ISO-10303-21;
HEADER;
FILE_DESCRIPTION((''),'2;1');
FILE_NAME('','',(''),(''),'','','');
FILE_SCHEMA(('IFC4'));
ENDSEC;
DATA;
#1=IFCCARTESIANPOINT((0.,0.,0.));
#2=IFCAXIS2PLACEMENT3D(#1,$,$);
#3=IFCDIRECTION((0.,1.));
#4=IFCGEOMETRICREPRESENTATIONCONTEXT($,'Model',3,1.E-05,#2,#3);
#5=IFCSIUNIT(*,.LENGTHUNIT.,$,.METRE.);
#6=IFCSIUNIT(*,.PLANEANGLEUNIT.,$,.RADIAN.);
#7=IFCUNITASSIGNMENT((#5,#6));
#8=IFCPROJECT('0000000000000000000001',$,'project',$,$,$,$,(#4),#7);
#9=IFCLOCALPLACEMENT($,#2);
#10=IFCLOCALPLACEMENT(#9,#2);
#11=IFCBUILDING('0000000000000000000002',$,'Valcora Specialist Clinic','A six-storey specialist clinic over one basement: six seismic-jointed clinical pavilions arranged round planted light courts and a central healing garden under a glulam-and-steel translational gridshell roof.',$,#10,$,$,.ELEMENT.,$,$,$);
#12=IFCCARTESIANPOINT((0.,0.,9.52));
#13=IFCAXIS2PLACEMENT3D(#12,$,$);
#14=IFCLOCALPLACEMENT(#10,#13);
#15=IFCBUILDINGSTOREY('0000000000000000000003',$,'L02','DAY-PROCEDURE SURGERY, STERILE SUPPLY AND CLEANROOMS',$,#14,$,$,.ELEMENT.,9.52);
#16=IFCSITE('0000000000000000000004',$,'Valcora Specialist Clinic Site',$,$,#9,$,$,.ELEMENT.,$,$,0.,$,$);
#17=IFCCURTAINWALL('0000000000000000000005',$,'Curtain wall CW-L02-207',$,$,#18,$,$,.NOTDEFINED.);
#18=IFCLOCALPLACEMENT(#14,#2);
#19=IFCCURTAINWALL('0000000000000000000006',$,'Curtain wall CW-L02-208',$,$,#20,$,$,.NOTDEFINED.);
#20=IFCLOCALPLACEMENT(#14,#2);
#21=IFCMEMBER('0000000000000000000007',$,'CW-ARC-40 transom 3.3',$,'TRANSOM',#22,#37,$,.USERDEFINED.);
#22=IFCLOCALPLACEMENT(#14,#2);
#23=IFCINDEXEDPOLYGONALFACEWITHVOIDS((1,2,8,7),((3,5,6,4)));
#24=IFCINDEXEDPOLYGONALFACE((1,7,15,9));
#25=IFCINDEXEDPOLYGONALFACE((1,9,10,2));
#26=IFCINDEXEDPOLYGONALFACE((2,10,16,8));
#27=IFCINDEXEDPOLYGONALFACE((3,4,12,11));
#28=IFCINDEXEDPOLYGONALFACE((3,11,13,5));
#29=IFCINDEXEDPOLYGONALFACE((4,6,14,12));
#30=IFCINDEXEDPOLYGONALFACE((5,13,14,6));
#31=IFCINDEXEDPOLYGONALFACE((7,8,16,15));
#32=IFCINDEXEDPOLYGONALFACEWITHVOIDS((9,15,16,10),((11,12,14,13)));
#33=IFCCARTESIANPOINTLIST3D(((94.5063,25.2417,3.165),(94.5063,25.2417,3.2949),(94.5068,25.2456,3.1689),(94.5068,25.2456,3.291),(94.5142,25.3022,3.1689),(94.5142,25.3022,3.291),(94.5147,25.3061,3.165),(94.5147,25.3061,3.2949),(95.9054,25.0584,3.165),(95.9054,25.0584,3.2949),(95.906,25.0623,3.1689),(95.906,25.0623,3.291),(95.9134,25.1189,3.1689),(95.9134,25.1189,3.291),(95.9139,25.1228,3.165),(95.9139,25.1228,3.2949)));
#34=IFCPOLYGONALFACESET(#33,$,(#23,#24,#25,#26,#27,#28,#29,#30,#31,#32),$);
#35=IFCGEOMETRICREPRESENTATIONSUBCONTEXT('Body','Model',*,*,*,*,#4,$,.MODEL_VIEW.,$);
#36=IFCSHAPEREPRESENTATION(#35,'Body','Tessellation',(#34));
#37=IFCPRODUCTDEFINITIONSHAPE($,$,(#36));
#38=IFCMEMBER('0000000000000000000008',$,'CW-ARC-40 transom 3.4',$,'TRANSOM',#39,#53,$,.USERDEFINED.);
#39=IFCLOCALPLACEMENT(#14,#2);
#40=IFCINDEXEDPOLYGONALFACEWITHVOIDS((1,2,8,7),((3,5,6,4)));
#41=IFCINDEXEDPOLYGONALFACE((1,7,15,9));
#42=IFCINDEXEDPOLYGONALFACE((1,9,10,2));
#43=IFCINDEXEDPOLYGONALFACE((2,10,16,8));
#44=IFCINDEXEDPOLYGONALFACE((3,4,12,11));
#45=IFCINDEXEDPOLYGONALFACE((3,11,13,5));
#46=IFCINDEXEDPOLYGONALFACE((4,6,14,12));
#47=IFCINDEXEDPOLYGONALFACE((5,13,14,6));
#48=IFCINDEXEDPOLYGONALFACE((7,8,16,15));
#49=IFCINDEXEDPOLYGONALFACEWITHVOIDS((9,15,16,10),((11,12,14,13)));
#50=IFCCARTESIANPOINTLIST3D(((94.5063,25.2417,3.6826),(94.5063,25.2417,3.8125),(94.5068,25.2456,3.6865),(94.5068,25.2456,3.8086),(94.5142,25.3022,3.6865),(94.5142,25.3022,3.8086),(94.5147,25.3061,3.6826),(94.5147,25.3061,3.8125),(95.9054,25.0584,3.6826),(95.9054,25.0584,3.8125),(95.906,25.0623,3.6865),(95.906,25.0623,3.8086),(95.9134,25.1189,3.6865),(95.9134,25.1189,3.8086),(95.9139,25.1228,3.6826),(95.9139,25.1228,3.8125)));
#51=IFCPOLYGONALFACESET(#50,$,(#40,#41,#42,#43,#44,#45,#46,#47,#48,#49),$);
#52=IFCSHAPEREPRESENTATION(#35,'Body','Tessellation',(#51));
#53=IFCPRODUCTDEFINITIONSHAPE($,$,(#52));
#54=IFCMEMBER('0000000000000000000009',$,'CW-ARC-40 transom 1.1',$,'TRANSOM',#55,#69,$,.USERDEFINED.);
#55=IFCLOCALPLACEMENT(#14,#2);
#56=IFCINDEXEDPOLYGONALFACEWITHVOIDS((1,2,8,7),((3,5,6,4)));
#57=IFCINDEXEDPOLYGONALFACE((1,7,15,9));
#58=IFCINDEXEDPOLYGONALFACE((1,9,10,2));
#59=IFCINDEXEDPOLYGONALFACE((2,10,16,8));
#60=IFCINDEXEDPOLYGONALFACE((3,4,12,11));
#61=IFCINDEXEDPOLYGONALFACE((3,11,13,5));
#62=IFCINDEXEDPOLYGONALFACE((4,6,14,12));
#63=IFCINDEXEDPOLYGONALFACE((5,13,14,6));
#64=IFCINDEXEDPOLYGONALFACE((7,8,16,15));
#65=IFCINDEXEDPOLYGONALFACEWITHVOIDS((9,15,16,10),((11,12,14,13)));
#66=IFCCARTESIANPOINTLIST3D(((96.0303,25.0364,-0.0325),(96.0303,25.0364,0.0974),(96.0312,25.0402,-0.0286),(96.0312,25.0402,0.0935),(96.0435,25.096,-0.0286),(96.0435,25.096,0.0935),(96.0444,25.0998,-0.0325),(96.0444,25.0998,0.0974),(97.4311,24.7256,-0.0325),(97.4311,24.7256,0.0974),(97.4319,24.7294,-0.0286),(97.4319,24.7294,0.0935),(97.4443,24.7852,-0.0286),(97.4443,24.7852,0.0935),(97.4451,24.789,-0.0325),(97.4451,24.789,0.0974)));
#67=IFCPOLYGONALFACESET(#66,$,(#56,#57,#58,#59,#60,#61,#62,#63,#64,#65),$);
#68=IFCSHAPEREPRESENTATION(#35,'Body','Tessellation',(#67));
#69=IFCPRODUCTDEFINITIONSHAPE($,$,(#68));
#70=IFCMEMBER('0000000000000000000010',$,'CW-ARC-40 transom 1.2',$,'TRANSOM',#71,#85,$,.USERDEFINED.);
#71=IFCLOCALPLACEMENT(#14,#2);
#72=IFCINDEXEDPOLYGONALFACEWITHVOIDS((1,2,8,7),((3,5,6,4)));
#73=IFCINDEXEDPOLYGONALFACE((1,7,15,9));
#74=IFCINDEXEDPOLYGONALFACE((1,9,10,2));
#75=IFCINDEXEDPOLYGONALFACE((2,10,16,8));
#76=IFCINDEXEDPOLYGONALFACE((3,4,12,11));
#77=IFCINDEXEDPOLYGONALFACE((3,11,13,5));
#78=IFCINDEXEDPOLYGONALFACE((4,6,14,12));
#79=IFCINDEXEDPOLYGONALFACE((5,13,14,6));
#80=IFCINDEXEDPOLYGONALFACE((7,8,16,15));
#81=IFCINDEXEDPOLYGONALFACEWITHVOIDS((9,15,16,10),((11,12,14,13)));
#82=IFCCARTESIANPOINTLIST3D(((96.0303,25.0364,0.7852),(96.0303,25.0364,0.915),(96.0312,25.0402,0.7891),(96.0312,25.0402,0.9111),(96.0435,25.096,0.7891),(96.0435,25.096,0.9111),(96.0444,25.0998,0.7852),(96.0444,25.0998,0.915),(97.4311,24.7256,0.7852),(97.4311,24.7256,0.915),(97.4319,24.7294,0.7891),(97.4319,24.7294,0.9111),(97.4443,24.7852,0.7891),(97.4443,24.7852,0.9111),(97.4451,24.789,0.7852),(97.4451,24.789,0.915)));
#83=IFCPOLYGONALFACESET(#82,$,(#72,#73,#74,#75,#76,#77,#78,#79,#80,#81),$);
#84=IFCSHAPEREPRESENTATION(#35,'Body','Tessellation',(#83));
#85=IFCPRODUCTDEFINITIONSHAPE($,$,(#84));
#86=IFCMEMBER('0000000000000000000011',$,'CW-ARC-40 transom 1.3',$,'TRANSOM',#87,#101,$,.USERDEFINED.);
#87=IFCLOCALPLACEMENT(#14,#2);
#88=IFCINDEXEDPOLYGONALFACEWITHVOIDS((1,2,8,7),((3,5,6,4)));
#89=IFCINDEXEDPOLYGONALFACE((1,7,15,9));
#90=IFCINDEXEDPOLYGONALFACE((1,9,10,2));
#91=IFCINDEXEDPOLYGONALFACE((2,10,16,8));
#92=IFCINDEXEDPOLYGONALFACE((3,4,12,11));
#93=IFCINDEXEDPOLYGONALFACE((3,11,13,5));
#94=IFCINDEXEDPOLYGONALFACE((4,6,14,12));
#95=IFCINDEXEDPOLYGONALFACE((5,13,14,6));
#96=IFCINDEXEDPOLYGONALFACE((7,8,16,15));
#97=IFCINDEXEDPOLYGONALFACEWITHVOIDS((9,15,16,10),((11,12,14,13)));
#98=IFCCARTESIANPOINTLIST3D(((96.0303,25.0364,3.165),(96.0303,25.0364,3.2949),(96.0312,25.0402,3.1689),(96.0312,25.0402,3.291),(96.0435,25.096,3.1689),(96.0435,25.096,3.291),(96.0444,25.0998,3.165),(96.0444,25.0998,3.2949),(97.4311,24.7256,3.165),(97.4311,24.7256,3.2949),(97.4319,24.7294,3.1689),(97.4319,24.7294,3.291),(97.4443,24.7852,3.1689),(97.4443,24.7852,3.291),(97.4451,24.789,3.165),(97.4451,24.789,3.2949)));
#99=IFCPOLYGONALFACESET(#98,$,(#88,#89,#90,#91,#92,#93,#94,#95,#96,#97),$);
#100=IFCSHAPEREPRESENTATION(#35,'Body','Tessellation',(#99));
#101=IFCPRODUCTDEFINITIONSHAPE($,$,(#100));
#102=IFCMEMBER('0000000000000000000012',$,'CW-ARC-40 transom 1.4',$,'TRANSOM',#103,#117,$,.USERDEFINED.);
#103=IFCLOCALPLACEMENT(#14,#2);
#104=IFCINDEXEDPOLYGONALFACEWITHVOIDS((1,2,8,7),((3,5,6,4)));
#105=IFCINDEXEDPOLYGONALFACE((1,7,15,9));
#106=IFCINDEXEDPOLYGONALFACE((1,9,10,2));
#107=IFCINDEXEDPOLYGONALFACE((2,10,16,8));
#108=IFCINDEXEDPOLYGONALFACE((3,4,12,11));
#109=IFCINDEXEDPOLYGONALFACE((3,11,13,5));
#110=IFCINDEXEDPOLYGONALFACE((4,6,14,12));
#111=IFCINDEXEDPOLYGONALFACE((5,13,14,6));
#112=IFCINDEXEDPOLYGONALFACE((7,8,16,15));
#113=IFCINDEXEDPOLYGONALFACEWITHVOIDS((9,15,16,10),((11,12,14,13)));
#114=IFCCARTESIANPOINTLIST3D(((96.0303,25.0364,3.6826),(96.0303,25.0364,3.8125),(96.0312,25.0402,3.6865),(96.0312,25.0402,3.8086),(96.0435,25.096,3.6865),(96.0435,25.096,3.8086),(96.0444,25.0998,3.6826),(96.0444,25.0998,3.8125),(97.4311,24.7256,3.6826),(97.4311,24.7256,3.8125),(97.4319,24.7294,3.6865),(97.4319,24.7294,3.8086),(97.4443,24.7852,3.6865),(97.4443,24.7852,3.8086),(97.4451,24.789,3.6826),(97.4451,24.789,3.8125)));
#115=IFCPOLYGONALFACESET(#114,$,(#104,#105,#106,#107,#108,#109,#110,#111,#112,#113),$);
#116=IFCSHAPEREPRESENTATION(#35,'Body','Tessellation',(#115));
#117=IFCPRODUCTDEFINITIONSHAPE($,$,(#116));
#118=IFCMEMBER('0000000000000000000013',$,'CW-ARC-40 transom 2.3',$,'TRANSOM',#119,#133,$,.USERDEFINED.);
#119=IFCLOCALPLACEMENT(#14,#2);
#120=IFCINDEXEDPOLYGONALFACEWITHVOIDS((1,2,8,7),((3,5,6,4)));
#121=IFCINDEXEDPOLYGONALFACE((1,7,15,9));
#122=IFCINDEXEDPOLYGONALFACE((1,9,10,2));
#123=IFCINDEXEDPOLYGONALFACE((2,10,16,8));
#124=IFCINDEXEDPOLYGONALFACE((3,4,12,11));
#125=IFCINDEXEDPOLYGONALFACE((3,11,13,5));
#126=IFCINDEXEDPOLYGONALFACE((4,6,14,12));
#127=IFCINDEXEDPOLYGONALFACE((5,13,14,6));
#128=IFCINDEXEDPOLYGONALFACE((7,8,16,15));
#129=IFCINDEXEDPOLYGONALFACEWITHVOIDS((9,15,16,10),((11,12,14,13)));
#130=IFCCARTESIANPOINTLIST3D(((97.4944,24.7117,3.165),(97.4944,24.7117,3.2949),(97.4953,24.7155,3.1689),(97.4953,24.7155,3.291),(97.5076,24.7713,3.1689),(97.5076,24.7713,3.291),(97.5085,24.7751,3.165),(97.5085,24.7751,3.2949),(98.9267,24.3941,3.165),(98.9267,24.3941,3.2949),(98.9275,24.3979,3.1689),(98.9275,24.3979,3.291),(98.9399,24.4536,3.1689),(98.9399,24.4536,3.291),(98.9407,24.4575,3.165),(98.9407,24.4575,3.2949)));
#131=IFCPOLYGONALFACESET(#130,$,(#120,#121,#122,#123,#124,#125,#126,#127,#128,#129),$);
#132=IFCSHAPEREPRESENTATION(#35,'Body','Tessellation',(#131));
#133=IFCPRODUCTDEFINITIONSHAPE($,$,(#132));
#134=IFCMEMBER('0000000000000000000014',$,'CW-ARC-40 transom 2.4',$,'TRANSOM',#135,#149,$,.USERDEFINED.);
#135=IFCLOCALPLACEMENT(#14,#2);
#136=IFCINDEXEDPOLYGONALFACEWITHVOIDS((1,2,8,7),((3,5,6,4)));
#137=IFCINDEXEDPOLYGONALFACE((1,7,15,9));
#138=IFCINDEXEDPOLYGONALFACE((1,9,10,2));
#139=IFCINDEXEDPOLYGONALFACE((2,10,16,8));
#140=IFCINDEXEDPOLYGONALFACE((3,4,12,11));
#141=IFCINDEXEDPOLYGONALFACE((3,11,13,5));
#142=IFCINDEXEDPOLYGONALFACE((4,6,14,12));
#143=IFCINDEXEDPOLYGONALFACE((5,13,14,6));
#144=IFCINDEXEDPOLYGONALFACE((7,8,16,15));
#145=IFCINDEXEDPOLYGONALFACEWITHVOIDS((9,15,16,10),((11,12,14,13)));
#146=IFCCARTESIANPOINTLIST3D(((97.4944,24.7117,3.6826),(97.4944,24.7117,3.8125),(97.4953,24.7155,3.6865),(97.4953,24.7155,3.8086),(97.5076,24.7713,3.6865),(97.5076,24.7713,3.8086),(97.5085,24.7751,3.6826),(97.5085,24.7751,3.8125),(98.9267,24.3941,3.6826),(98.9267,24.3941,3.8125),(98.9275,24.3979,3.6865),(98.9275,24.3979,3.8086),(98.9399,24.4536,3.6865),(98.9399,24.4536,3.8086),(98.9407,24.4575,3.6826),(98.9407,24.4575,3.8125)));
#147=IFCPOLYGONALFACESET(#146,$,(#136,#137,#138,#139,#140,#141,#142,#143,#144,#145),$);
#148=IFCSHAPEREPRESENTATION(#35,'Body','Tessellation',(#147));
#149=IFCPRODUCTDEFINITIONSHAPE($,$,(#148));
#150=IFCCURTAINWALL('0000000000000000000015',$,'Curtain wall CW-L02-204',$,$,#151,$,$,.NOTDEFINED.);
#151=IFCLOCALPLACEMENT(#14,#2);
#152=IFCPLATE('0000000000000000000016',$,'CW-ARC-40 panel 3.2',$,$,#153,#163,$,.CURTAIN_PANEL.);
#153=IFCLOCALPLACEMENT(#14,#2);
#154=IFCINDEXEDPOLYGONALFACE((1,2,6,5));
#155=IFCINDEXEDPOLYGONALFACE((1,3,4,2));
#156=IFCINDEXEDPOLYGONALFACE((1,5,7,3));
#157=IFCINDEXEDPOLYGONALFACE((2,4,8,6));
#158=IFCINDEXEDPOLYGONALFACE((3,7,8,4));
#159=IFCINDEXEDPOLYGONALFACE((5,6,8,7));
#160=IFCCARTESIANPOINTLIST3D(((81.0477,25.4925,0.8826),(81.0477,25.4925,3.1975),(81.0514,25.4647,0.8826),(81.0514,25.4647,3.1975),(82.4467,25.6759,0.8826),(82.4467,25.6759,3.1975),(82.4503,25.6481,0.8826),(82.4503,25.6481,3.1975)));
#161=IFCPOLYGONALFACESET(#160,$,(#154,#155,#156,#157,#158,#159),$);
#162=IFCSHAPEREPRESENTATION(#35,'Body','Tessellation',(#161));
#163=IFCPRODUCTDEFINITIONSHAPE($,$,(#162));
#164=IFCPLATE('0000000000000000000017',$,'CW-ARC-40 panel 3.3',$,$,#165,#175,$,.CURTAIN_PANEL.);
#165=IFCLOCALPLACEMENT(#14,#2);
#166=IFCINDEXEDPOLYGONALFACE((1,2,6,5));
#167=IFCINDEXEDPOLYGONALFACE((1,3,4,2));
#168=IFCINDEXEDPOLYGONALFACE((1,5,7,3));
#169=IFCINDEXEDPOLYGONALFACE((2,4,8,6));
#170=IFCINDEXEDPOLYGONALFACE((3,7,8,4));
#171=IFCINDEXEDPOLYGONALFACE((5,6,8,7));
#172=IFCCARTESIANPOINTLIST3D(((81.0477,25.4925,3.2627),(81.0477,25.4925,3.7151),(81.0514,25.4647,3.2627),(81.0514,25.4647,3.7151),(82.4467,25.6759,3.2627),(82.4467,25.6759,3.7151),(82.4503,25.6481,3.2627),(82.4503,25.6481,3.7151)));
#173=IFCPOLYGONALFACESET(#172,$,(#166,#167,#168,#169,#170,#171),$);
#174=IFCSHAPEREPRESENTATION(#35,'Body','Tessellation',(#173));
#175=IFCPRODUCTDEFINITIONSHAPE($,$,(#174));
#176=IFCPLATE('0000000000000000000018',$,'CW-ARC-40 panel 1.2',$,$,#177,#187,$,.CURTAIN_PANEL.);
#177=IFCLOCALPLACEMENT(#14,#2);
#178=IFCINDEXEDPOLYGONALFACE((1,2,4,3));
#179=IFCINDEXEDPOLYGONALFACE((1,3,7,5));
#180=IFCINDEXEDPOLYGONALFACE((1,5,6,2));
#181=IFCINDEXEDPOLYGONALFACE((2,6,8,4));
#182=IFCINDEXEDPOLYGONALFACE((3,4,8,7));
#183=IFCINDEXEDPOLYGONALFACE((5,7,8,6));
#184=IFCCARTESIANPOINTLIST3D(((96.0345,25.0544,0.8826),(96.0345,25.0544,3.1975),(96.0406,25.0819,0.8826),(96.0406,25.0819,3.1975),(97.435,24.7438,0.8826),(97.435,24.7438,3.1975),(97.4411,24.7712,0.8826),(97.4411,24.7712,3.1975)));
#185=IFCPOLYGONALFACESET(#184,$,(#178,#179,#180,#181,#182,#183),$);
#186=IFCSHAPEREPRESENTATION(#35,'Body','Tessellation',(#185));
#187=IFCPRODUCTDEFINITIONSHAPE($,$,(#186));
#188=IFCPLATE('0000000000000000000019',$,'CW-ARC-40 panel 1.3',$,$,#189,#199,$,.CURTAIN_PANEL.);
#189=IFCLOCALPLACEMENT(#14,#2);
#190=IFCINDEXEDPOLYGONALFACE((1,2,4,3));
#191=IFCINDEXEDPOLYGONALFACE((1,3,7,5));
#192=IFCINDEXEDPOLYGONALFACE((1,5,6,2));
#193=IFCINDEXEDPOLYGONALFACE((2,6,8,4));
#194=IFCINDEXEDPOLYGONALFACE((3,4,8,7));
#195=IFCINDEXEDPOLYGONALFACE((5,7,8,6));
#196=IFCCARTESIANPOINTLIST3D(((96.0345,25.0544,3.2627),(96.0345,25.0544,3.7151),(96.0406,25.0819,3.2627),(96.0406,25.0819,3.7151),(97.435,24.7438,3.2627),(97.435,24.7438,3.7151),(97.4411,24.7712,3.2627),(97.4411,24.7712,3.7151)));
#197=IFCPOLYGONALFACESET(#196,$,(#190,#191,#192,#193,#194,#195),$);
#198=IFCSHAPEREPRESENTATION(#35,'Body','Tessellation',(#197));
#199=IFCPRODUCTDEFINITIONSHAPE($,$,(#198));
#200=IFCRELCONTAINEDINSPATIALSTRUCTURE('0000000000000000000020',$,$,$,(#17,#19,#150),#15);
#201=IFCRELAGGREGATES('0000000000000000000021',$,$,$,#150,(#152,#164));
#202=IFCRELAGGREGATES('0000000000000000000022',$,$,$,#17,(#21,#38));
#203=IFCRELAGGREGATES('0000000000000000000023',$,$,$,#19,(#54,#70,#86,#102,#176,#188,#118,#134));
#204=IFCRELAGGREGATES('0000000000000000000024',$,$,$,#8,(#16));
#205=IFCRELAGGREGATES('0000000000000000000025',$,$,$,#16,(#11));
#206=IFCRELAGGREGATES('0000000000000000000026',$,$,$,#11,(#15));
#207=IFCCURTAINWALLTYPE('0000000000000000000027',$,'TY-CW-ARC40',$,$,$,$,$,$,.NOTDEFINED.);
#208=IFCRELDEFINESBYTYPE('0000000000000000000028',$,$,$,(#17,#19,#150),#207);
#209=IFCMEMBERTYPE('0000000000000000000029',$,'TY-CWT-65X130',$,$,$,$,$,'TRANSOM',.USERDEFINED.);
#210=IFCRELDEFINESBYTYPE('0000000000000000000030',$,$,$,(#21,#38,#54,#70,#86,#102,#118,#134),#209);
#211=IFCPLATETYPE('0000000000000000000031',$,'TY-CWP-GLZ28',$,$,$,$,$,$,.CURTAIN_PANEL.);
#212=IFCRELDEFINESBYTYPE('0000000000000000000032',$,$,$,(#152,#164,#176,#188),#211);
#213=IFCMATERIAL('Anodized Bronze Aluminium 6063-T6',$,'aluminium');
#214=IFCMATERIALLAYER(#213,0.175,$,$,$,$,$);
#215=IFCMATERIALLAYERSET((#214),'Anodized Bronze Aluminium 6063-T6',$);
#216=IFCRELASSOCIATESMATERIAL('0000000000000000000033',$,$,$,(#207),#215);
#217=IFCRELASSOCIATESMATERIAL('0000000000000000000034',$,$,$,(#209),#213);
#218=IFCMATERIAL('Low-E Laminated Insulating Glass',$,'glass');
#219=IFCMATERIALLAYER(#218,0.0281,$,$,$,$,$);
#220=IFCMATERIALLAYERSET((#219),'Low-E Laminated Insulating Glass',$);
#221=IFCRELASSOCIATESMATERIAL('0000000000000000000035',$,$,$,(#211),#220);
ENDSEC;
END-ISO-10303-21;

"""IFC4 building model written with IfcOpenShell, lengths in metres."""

from ifc_helpers import new_model, si_unit, direction, frame, origin, origin_2d, place, context, subcontext, project, spatial, rectangle, hollow_rectangle, extrude, material, layer, layer_set, material_profile, profile_set, type_object, element, aggregate, save


model = new_model("IFC4")

# Units and contexts
model_context = context("Model", 3, precision=1e-05, world=origin(), true_north=direction((0.0, 1.0)))
body_context = subcontext(model_context, "Body", "Model", "MODEL_VIEW")
ifc_project = project(units=[si_unit("LENGTHUNIT", "METRE"), si_unit("PLANEANGLEUNIT", "RADIAN")], contexts=[model_context])

# Site, building, storey
site_placement = place(None, origin())
site = spatial("IfcSite", under=ifc_project, at=site_placement, Name="Valcora Specialist Clinic Site", CompositionType="ELEMENT", RefElevation=0.0)
building_placement = place(site_placement, origin())
building = spatial("IfcBuilding", under=site, at=building_placement, Name="Valcora Specialist Clinic", Description="A six-storey specialist clinic over one basement: six seismic-jointed clinical pavilions arranged round planted light courts and a central healing garden under a glulam-and-steel translational gridshell roof.", CompositionType="ELEMENT")
storey_placement = place(building_placement, frame((0.0, 0.0, 9.52)))
storey = spatial("IfcBuildingStorey", under=building, at=storey_placement, Name="L02", Description="DAY-PROCEDURE SURGERY, STERILE SUPPLY AND CLEANROOMS", CompositionType="ELEMENT", Elevation=9.52)

# Curtain walls
ifc_material_1 = material(Name="Anodized Bronze Aluminium 6063-T6", Category="aluminium")
ifc_layer_1 = layer(ifc_material_1, 0.175)
ifc_layer_set_1 = layer_set([ifc_layer_1], Name="Anodized Bronze Aluminium 6063-T6")
curtain_wall_type = type_object("IfcCurtainWallType", Name="TY-CW-ARC40", PredefinedType="NOTDEFINED", material=ifc_layer_set_1)
curtain_wall_1_placement = place(storey_placement, origin())
curtain_wall_1 = element("IfcCurtainWall", 1, at=curtain_wall_1_placement, inside=storey, type_object=curtain_wall_type, Name="Curtain wall CW-L02-207", PredefinedType="NOTDEFINED")
curtain_wall_2_placement = place(storey_placement, origin())
curtain_wall_2 = element("IfcCurtainWall", 2, at=curtain_wall_2_placement, inside=storey, type_object=curtain_wall_type, Name="Curtain wall CW-L02-208", PredefinedType="NOTDEFINED")

# Members
ifc_material_profile_1 = material_profile(ifc_material_1, hollow_rectangle(XDim=0.0649, YDim=0.1299, WallThickness=0.0039, at=origin_2d()), Name="AL-TRN-65X130")
ifc_profile_set_1 = profile_set([ifc_material_profile_1], Name="Anodized Bronze Aluminium 6063-T6")
member_type_1 = type_object("IfcMemberType", Name="TY-CWT-65X130", ElementType="TRANSOM", PredefinedType="USERDEFINED", material=ifc_profile_set_1)
member_1_placement = place(storey_placement, frame((94.5105, 25.2739, 3.23), z_axis=(0.991523, -0.129931, 0.0), x_axis=(0.129931, 0.991523, 0.0)))
member_1 = element("IfcMember", 3, at=member_1_placement, type_object=member_type_1, Name="CW-ARC-40 transom 3.3", ObjectType="TRANSOM", PredefinedType="USERDEFINED", context=body_context, shape_type="SweptSolid", body=[
    extrude(hollow_rectangle(XDim=0.0649, YDim=0.1299, WallThickness=0.0039, at=origin_2d()), origin(), (0.0, 0.0, 1.0), 1.4111),
])
member_2_placement = place(storey_placement, frame((94.5105, 25.2739, 3.7476), z_axis=(0.991523, -0.129931, 0.0), x_axis=(0.129931, 0.991523, 0.0)))
member_2 = element("IfcMember", 4, at=member_2_placement, type_object=member_type_1, Name="CW-ARC-40 transom 3.4", ObjectType="TRANSOM", PredefinedType="USERDEFINED", context=body_context, shape_type="SweptSolid", body=[
    extrude(hollow_rectangle(XDim=0.0649, YDim=0.1299, WallThickness=0.0039, at=origin_2d()), origin(), (0.0, 0.0, 1.0), 1.4111),
])
member_3_placement = place(storey_placement, frame((96.0374, 25.0681, 0.0325), z_axis=(0.976255, -0.216624, 0.0), x_axis=(0.216624, 0.976255, 0.0)))
member_3 = element("IfcMember", 5, at=member_3_placement, type_object=member_type_1, Name="CW-ARC-40 transom 1.1", ObjectType="TRANSOM", PredefinedType="USERDEFINED", context=body_context, shape_type="SweptSolid", body=[
    extrude(hollow_rectangle(XDim=0.0649, YDim=0.1299, WallThickness=0.0039, at=origin_2d()), origin(), (0.0, 0.0, 1.0), 1.4348),
])
member_4_placement = place(storey_placement, frame((96.0374, 25.0681, 0.8501), z_axis=(0.976255, -0.216624, 0.0), x_axis=(0.216624, 0.976255, 0.0)))
member_4 = element("IfcMember", 6, at=member_4_placement, type_object=member_type_1, Name="CW-ARC-40 transom 1.2", ObjectType="TRANSOM", PredefinedType="USERDEFINED", context=body_context, shape_type="SweptSolid", body=[
    extrude(hollow_rectangle(XDim=0.0649, YDim=0.1299, WallThickness=0.0039, at=origin_2d()), origin(), (0.0, 0.0, 1.0), 1.4348),
])
member_5_placement = place(storey_placement, frame((96.0374, 25.0681, 3.23), z_axis=(0.976255, -0.216624, 0.0), x_axis=(0.216624, 0.976255, 0.0)))
member_5 = element("IfcMember", 7, at=member_5_placement, type_object=member_type_1, Name="CW-ARC-40 transom 1.3", ObjectType="TRANSOM", PredefinedType="USERDEFINED", context=body_context, shape_type="SweptSolid", body=[
    extrude(hollow_rectangle(XDim=0.0649, YDim=0.1299, WallThickness=0.0039, at=origin_2d()), origin(), (0.0, 0.0, 1.0), 1.4348),
])
member_6_placement = place(storey_placement, frame((96.0374, 25.0681, 3.7476), z_axis=(0.976255, -0.216624, 0.0), x_axis=(0.216624, 0.976255, 0.0)))
member_6 = element("IfcMember", 8, at=member_6_placement, type_object=member_type_1, Name="CW-ARC-40 transom 1.4", ObjectType="TRANSOM", PredefinedType="USERDEFINED", context=body_context, shape_type="SweptSolid", body=[
    extrude(hollow_rectangle(XDim=0.0649, YDim=0.1299, WallThickness=0.0039, at=origin_2d()), origin(), (0.0, 0.0, 1.0), 1.4348),
])
member_7_placement = place(storey_placement, frame((97.5015, 24.7434, 3.23), z_axis=(0.976277, -0.216525, 0.0), x_axis=(0.216525, 0.976277, 0.0)))
member_7 = element("IfcMember", 9, at=member_7_placement, type_object=member_type_1, Name="CW-ARC-40 transom 2.3", ObjectType="TRANSOM", PredefinedType="USERDEFINED", context=body_context, shape_type="SweptSolid", body=[
    extrude(hollow_rectangle(XDim=0.0649, YDim=0.1299, WallThickness=0.0039, at=origin_2d()), origin(), (0.0, 0.0, 1.0), 1.467),
])
member_8_placement = place(storey_placement, frame((97.5015, 24.7434, 3.7476), z_axis=(0.976277, -0.216525, 0.0), x_axis=(0.216525, 0.976277, 0.0)))
member_8 = element("IfcMember", 10, at=member_8_placement, type_object=member_type_1, Name="CW-ARC-40 transom 2.4", ObjectType="TRANSOM", PredefinedType="USERDEFINED", context=body_context, shape_type="SweptSolid", body=[
    extrude(hollow_rectangle(XDim=0.0649, YDim=0.1299, WallThickness=0.0039, at=origin_2d()), origin(), (0.0, 0.0, 1.0), 1.467),
])

# Curtain wall, plates
curtain_wall_3_placement = place(storey_placement, origin())
curtain_wall_3 = element("IfcCurtainWall", 11, at=curtain_wall_3_placement, inside=storey, type_object=curtain_wall_type, Name="Curtain wall CW-L02-204", PredefinedType="NOTDEFINED")
ifc_material_2 = material(Name="Low-E Laminated Insulating Glass", Category="glass")
ifc_layer_2 = layer(ifc_material_2, 0.0281)
ifc_layer_set_2 = layer_set([ifc_layer_2], Name="Low-E Laminated Insulating Glass")
plate_type_1 = type_object("IfcPlateType", Name="TY-CWP-GLZ28", PredefinedType="CURTAIN_PANEL", material=ifc_layer_set_2)
plate_1_placement = place(storey_placement, frame((81.749, 25.5703, 0.8826), z_axis=(0.0, 0.0, 1.0), x_axis=(0.991514, 0.129999, 0.0)))
plate_1 = element("IfcPlate", 12, at=plate_1_placement, type_object=plate_type_1, Name="CW-ARC-40 panel 3.2", PredefinedType="CURTAIN_PANEL", context=body_context, shape_type="SweptSolid", body=[
    extrude(rectangle(XDim=1.4109, YDim=0.0281, at=origin_2d()), origin(), (0.0, 0.0, 1.0), 2.3149),
])
plate_2_placement = place(storey_placement, frame((81.749, 25.5703, 3.2627), z_axis=(0.0, 0.0, 1.0), x_axis=(0.991514, 0.129999, 0.0)))
plate_2 = element("IfcPlate", 13, at=plate_2_placement, type_object=plate_type_1, Name="CW-ARC-40 panel 3.3", PredefinedType="CURTAIN_PANEL", context=body_context, shape_type="SweptSolid", body=[
    extrude(rectangle(XDim=1.4109, YDim=0.0281, at=origin_2d()), origin(), (0.0, 0.0, 1.0), 0.4524),
])
aggregate(curtain_wall_3, [plate_1, plate_2])

# Plates
plate_3_placement = place(storey_placement, frame((96.7378, 24.9128, 0.8826), z_axis=(0.0, 0.0, 1.0), x_axis=(0.976279, -0.216518, 0.0)))
plate_3 = element("IfcPlate", 14, at=plate_3_placement, type_object=plate_type_1, Name="CW-ARC-40 panel 1.2", PredefinedType="CURTAIN_PANEL", context=body_context, shape_type="SweptSolid", body=[
    extrude(rectangle(XDim=1.4346, YDim=0.0281, at=origin_2d()), origin(), (0.0, 0.0, 1.0), 2.3149),
])
plate_4_placement = place(storey_placement, frame((96.7378, 24.9128, 3.2627), z_axis=(0.0, 0.0, 1.0), x_axis=(0.976279, -0.216518, 0.0)))
plate_4 = element("IfcPlate", 15, at=plate_4_placement, type_object=plate_type_1, Name="CW-ARC-40 panel 1.3", PredefinedType="CURTAIN_PANEL", context=body_context, shape_type="SweptSolid", body=[
    extrude(rectangle(XDim=1.4346, YDim=0.0281, at=origin_2d()), origin(), (0.0, 0.0, 1.0), 0.4524),
])
aggregate(curtain_wall_1, [member_1, member_2])
aggregate(curtain_wall_2, [member_3, member_4, member_5, member_6, plate_3, plate_4, member_7, member_8])

save(model, "model.ifc")
